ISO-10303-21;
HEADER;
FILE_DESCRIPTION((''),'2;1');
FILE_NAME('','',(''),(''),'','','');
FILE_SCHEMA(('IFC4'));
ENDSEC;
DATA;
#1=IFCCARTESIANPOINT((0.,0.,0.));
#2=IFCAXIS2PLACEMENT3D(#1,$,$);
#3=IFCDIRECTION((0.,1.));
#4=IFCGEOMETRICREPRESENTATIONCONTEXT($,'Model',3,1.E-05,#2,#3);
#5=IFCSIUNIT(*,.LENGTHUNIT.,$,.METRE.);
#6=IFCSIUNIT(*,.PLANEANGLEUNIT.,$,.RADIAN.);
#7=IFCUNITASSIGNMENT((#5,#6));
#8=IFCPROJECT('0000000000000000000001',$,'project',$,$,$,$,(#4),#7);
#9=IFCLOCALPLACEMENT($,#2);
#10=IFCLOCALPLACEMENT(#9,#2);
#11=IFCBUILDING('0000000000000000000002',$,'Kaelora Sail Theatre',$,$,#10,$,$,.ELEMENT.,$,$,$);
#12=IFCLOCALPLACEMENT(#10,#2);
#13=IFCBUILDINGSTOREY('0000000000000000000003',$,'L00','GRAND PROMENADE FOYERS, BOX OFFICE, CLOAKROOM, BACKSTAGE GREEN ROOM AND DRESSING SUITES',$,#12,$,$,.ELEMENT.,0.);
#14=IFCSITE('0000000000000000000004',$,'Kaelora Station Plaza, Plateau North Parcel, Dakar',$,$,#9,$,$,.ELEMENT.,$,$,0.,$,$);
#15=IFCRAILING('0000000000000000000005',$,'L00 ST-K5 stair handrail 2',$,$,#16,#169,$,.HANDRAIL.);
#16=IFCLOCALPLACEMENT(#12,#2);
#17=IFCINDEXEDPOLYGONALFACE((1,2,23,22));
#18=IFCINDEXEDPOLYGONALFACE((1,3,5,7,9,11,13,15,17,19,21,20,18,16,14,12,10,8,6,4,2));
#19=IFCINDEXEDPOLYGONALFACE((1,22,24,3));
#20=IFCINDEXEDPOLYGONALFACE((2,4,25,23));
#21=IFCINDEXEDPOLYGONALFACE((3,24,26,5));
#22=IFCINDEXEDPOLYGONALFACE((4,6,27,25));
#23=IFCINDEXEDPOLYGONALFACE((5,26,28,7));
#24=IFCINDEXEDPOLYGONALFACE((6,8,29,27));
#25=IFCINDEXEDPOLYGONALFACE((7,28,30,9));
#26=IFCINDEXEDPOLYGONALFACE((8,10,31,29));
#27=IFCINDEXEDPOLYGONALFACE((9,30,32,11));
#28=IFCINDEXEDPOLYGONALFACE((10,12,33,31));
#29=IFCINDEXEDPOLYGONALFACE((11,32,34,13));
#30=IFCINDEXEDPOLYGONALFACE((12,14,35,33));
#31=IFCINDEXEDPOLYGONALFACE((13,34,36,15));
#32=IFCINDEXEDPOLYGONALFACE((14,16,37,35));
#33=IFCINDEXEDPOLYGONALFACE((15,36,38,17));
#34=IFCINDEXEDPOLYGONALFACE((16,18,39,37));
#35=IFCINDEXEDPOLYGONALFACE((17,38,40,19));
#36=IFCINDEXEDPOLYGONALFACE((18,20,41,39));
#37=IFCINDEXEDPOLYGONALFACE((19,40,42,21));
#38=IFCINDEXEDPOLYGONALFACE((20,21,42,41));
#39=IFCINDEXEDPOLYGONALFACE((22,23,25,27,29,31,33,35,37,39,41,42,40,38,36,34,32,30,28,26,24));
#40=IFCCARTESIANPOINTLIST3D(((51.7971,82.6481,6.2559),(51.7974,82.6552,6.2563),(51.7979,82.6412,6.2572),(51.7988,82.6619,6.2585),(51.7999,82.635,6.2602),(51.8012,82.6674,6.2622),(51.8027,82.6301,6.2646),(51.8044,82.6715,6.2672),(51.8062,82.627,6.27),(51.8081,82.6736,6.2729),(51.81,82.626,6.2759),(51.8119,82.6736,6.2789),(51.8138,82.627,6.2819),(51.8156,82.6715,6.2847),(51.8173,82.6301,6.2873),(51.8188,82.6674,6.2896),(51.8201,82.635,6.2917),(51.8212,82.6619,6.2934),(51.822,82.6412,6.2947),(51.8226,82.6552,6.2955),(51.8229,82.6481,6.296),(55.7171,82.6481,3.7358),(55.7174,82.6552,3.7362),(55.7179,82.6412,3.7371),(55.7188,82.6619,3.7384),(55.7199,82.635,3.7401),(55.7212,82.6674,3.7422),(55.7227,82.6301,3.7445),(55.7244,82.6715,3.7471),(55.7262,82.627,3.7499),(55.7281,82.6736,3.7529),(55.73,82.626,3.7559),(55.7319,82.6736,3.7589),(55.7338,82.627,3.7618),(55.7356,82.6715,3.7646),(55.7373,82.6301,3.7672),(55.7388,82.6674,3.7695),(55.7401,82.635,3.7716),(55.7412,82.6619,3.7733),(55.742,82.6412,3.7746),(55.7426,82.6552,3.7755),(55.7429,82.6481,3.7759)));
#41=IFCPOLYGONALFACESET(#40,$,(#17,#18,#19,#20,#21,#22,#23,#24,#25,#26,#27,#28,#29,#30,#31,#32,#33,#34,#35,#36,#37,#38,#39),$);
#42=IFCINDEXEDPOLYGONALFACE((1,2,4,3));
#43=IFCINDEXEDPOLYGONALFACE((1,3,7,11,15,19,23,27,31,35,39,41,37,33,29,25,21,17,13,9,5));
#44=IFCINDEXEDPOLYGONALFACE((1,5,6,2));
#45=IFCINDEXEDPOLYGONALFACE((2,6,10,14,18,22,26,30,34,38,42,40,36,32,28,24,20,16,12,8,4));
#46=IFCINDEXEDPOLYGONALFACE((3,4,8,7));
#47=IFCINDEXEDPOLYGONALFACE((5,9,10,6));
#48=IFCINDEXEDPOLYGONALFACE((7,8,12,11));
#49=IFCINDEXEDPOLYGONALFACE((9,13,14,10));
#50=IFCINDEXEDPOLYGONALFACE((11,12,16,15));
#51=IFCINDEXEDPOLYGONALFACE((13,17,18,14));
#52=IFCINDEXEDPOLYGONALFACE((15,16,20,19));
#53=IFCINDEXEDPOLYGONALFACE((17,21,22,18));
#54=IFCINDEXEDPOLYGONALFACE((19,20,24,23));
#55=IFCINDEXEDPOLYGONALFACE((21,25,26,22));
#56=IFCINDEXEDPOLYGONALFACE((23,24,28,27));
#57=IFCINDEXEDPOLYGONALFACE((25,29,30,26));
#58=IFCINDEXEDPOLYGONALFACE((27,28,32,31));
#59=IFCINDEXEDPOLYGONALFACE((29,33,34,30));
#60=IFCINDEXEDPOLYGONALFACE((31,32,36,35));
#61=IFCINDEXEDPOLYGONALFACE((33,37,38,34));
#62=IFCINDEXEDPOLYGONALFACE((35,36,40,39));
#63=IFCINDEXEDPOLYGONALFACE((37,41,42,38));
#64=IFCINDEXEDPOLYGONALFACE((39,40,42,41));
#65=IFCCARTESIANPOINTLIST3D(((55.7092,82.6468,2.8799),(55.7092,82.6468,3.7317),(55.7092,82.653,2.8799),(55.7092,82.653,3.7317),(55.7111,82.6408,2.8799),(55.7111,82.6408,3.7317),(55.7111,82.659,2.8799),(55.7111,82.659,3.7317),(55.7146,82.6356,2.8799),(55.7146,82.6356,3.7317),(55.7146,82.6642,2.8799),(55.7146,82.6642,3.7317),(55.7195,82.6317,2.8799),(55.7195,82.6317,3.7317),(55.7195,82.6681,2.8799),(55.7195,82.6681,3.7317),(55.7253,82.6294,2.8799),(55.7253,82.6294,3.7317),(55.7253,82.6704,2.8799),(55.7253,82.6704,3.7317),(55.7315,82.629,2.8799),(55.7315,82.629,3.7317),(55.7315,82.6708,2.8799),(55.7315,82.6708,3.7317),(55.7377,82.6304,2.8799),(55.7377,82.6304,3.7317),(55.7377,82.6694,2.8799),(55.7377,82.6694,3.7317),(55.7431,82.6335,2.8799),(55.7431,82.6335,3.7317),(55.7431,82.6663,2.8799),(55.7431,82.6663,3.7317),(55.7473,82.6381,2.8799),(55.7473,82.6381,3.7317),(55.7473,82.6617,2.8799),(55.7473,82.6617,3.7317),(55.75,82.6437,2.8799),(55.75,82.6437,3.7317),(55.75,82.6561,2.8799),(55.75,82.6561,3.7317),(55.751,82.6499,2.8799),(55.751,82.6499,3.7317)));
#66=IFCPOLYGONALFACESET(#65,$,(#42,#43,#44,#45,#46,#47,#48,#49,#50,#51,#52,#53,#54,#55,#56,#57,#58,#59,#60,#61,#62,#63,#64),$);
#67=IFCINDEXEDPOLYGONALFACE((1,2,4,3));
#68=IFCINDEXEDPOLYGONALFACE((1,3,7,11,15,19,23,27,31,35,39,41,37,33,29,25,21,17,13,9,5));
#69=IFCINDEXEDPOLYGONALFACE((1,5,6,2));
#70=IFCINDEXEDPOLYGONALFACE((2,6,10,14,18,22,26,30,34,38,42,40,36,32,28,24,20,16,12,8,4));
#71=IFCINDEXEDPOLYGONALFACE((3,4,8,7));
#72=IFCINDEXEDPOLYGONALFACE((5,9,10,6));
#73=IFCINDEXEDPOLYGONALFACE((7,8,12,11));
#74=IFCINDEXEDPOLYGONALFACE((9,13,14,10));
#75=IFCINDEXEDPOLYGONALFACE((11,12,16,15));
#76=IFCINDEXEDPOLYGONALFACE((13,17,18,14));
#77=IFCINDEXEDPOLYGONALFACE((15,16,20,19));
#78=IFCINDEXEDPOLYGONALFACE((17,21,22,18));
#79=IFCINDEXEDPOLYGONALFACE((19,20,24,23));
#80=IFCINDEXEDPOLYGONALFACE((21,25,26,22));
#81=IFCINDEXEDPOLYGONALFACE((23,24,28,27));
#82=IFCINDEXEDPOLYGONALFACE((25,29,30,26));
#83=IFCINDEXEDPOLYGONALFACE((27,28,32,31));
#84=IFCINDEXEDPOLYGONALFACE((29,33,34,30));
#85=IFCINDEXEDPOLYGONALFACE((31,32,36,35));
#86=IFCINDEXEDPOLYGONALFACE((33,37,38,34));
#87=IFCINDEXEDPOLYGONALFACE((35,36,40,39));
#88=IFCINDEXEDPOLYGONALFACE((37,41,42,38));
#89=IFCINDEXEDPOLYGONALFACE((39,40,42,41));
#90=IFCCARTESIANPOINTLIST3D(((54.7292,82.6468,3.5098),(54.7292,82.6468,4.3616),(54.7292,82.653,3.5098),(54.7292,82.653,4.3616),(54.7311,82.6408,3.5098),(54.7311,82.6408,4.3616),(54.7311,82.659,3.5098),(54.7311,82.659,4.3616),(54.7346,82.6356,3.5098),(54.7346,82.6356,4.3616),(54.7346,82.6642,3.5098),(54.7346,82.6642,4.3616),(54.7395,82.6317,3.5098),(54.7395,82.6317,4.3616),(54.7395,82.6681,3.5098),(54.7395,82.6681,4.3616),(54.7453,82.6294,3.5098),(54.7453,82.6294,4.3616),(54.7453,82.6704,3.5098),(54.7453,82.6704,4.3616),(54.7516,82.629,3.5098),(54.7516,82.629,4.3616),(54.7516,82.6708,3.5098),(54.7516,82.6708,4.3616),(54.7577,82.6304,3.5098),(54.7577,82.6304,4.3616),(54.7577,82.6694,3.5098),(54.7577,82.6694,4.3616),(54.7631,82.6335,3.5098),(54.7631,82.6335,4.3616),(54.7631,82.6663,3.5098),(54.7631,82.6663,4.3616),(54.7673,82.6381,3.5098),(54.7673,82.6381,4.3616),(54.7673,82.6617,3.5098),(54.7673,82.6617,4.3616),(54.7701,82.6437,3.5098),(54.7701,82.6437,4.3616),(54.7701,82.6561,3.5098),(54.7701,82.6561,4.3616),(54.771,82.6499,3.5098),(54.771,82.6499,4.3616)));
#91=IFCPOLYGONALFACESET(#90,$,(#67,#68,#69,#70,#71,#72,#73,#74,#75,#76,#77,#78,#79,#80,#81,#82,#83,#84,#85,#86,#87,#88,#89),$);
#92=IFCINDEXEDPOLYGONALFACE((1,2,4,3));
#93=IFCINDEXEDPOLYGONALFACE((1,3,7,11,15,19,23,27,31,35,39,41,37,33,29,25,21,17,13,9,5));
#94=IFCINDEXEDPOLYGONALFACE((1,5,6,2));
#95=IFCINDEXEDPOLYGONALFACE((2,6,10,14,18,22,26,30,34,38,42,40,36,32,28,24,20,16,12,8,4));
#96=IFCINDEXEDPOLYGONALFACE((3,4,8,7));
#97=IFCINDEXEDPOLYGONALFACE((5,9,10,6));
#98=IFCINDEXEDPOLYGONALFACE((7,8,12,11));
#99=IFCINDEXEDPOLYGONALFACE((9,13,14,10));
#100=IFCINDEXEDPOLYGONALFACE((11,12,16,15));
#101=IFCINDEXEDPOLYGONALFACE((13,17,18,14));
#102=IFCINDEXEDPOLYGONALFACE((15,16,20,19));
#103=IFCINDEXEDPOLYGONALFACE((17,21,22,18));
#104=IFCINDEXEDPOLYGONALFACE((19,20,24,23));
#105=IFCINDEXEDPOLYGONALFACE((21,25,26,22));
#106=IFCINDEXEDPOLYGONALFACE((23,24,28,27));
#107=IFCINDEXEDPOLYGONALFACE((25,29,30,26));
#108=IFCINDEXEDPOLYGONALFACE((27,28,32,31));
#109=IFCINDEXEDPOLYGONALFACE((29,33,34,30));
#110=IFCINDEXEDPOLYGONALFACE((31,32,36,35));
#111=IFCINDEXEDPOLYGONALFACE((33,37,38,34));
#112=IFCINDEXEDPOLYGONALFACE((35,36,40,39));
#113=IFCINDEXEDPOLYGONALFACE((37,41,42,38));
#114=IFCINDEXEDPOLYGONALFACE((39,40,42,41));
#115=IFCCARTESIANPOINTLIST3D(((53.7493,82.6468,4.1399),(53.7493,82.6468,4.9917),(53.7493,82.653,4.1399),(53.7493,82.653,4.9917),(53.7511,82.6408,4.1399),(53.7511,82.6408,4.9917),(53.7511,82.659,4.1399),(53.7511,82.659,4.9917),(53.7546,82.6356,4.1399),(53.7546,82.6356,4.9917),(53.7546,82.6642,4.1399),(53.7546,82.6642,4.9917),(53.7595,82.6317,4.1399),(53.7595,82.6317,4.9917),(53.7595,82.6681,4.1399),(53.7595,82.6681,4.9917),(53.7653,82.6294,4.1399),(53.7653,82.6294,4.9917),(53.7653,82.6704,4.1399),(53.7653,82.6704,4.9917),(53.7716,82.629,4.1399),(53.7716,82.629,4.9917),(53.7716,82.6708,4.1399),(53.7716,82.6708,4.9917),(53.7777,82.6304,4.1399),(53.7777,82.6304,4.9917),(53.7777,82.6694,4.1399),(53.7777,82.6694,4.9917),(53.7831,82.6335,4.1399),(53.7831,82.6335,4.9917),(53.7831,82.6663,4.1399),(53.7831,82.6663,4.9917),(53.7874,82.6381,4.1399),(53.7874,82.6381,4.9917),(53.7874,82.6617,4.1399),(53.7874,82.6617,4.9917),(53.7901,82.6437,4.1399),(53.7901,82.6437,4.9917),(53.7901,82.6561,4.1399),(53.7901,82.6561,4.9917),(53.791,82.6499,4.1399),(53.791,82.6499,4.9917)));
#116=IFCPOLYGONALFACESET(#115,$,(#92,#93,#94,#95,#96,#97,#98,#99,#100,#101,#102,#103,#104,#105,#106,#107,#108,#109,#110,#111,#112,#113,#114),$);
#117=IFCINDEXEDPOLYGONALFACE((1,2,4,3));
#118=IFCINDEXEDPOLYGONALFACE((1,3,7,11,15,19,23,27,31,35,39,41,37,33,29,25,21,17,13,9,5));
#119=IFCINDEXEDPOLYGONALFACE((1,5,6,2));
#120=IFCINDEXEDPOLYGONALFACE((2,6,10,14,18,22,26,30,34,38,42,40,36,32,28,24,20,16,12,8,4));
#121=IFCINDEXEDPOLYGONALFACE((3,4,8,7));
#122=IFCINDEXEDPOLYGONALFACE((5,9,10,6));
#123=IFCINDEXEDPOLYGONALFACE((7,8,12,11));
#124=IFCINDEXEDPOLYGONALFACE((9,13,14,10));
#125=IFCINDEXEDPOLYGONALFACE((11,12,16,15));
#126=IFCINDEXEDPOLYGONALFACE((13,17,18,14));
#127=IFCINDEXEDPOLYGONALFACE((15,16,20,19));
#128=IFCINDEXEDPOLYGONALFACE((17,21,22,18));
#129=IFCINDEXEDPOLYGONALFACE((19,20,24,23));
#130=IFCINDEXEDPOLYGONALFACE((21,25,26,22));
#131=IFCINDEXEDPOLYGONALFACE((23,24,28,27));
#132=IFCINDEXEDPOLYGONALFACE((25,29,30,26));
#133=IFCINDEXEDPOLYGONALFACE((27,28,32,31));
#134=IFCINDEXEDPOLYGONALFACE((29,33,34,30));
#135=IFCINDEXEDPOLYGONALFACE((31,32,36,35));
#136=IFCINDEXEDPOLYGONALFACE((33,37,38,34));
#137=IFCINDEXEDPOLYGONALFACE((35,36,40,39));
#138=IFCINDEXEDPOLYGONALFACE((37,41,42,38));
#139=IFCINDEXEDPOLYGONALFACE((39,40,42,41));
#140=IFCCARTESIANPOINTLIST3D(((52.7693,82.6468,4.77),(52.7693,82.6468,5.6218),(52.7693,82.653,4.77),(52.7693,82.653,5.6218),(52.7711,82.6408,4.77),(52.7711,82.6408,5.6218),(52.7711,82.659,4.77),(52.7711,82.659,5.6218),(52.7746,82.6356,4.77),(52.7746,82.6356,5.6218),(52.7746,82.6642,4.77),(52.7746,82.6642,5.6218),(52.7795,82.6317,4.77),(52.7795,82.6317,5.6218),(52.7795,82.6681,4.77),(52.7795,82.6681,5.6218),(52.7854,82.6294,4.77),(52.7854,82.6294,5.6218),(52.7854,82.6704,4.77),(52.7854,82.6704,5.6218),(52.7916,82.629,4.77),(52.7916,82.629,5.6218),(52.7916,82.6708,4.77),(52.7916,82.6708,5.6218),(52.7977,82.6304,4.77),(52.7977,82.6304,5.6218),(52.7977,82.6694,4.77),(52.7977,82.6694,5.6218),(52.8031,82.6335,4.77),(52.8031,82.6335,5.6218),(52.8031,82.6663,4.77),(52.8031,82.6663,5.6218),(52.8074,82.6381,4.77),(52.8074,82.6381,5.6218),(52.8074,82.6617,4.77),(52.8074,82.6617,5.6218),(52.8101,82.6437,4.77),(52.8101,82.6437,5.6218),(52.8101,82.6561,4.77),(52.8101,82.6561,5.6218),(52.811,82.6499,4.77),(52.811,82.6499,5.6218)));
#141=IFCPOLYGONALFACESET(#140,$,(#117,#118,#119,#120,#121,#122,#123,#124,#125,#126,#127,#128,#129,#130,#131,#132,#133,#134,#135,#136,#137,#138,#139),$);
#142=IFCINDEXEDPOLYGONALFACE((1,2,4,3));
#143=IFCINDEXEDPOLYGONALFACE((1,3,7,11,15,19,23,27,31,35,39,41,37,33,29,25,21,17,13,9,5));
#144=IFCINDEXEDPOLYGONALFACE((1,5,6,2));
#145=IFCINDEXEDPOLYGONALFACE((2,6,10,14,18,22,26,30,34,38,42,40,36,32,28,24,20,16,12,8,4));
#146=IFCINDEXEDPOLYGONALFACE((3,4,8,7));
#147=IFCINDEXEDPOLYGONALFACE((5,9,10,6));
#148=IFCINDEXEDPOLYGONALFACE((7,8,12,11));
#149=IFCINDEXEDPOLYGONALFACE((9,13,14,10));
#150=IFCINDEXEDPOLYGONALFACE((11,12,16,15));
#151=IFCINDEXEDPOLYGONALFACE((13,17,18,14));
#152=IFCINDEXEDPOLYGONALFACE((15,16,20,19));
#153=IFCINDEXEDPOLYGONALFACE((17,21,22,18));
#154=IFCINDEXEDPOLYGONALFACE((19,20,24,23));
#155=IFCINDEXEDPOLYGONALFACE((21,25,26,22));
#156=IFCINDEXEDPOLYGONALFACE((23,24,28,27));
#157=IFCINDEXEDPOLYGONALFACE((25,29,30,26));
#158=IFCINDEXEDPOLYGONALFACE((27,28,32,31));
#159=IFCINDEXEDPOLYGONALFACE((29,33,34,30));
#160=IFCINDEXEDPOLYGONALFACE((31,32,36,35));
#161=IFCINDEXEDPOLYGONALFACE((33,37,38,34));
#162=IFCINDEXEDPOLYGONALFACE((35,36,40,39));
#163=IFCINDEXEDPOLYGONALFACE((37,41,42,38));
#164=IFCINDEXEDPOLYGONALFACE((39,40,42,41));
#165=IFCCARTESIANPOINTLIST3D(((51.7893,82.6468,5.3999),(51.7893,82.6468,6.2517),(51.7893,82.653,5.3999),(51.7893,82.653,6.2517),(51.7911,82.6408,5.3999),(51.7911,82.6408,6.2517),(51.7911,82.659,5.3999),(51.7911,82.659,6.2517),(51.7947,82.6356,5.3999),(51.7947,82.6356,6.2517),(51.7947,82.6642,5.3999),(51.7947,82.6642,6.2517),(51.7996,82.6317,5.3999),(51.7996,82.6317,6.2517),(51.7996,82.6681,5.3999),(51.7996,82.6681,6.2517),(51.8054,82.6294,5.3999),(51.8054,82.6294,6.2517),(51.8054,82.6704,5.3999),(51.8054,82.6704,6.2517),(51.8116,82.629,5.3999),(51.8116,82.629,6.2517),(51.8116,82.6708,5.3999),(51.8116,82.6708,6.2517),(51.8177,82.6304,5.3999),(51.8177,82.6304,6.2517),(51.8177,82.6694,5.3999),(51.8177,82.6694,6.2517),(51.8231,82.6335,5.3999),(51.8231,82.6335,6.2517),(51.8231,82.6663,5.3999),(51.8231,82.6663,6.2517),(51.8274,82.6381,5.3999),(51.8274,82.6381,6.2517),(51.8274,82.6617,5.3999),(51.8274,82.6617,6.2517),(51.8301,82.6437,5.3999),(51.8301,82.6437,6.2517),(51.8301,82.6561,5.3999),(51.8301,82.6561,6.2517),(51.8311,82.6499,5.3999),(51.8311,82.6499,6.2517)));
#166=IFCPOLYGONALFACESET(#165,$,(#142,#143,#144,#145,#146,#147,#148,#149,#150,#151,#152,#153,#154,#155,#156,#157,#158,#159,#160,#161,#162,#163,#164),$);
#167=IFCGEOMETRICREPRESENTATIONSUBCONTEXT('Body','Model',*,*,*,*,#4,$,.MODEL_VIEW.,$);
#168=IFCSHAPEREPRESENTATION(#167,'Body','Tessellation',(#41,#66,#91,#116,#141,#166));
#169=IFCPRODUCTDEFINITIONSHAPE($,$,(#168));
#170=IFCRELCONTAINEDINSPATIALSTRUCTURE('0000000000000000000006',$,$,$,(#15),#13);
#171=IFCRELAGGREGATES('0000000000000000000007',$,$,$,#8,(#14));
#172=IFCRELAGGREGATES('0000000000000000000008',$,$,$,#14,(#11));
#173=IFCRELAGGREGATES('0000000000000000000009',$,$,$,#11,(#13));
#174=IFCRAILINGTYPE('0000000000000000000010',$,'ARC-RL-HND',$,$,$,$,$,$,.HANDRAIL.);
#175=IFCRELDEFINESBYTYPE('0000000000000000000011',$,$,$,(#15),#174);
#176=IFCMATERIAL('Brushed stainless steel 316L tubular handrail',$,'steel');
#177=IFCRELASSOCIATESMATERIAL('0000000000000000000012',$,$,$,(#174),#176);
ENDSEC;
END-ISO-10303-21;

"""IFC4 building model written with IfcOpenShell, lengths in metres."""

from ifc_helpers import new_model, si_unit, direction, frame, origin, origin_2d, place, context, subcontext, project, spatial, circle, extrude, material, type_object, element, save


model = new_model("IFC4")

# Units and contexts
model_context = context("Model", 3, precision=1e-05, world=origin(), true_north=direction((0.0, 1.0)))
body_context = subcontext(model_context, "Body", "Model", "MODEL_VIEW")
ifc_project = project(units=[si_unit("LENGTHUNIT", "METRE"), si_unit("PLANEANGLEUNIT", "RADIAN")], contexts=[model_context])

# Site, building, storey
site_placement = place(None, origin())
site = spatial("IfcSite", under=ifc_project, at=site_placement, Name="Kaelora Station Plaza, Plateau North Parcel, Dakar", CompositionType="ELEMENT", RefElevation=0.0)
building_placement = place(site_placement, origin())
building = spatial("IfcBuilding", under=site, at=building_placement, Name="Kaelora Sail Theatre", CompositionType="ELEMENT")
storey_placement = place(building_placement, origin())
storey = spatial("IfcBuildingStorey", under=building, at=storey_placement, Name="L00", Description="GRAND PROMENADE FOYERS, BOX OFFICE, CLOAKROOM, BACKSTAGE GREEN ROOM AND DRESSING SUITES", CompositionType="ELEMENT", Elevation=0.0)

# Railing
ifc_material_1 = material(Name="Brushed stainless steel 316L tubular handrail", Category="steel")
railing_type_1 = type_object("IfcRailingType", Name="ARC-RL-HND", PredefinedType="HANDRAIL", material=ifc_material_1)
railing_1_placement = place(storey_placement, frame((55.73, 82.6499, 2.8799)))
element("IfcRailing", 1, at=railing_1_placement, inside=storey, type_object=railing_type_1, Name="L00 ST-K5 stair handrail 2", PredefinedType="HANDRAIL", context=body_context, shape_type="SweptSolid", body=[
    extrude(circle(Radius=0.0239, at=origin_2d()), frame((0.0, 0.0, 0.876), z_axis=(-0.841172, 0.0, 0.540768), x_axis=(0.0, -1.0, 0.0)), (0.0, 0.0, 1.0), 4.6602),
    extrude(circle(Radius=0.021, at=origin_2d()), origin(), (0.0, 0.0, 1.0), 0.8518),
    extrude(circle(Radius=0.021, at=origin_2d()), frame((-0.98, 0.0, 0.6299)), (0.0, 0.0, 1.0), 0.8518),
    extrude(circle(Radius=0.021, at=origin_2d()), frame((-1.96, 0.0, 1.26)), (0.0, 0.0, 1.0), 0.8518),
    extrude(circle(Radius=0.021, at=origin_2d()), frame((-2.9399, 0.0, 1.8901)), (0.0, 0.0, 1.0), 0.8518),
    extrude(circle(Radius=0.021, at=origin_2d()), frame((-3.9199, 0.0, 2.52)), (0.0, 0.0, 1.0), 0.8518),
])

save(model, "model.ifc")
